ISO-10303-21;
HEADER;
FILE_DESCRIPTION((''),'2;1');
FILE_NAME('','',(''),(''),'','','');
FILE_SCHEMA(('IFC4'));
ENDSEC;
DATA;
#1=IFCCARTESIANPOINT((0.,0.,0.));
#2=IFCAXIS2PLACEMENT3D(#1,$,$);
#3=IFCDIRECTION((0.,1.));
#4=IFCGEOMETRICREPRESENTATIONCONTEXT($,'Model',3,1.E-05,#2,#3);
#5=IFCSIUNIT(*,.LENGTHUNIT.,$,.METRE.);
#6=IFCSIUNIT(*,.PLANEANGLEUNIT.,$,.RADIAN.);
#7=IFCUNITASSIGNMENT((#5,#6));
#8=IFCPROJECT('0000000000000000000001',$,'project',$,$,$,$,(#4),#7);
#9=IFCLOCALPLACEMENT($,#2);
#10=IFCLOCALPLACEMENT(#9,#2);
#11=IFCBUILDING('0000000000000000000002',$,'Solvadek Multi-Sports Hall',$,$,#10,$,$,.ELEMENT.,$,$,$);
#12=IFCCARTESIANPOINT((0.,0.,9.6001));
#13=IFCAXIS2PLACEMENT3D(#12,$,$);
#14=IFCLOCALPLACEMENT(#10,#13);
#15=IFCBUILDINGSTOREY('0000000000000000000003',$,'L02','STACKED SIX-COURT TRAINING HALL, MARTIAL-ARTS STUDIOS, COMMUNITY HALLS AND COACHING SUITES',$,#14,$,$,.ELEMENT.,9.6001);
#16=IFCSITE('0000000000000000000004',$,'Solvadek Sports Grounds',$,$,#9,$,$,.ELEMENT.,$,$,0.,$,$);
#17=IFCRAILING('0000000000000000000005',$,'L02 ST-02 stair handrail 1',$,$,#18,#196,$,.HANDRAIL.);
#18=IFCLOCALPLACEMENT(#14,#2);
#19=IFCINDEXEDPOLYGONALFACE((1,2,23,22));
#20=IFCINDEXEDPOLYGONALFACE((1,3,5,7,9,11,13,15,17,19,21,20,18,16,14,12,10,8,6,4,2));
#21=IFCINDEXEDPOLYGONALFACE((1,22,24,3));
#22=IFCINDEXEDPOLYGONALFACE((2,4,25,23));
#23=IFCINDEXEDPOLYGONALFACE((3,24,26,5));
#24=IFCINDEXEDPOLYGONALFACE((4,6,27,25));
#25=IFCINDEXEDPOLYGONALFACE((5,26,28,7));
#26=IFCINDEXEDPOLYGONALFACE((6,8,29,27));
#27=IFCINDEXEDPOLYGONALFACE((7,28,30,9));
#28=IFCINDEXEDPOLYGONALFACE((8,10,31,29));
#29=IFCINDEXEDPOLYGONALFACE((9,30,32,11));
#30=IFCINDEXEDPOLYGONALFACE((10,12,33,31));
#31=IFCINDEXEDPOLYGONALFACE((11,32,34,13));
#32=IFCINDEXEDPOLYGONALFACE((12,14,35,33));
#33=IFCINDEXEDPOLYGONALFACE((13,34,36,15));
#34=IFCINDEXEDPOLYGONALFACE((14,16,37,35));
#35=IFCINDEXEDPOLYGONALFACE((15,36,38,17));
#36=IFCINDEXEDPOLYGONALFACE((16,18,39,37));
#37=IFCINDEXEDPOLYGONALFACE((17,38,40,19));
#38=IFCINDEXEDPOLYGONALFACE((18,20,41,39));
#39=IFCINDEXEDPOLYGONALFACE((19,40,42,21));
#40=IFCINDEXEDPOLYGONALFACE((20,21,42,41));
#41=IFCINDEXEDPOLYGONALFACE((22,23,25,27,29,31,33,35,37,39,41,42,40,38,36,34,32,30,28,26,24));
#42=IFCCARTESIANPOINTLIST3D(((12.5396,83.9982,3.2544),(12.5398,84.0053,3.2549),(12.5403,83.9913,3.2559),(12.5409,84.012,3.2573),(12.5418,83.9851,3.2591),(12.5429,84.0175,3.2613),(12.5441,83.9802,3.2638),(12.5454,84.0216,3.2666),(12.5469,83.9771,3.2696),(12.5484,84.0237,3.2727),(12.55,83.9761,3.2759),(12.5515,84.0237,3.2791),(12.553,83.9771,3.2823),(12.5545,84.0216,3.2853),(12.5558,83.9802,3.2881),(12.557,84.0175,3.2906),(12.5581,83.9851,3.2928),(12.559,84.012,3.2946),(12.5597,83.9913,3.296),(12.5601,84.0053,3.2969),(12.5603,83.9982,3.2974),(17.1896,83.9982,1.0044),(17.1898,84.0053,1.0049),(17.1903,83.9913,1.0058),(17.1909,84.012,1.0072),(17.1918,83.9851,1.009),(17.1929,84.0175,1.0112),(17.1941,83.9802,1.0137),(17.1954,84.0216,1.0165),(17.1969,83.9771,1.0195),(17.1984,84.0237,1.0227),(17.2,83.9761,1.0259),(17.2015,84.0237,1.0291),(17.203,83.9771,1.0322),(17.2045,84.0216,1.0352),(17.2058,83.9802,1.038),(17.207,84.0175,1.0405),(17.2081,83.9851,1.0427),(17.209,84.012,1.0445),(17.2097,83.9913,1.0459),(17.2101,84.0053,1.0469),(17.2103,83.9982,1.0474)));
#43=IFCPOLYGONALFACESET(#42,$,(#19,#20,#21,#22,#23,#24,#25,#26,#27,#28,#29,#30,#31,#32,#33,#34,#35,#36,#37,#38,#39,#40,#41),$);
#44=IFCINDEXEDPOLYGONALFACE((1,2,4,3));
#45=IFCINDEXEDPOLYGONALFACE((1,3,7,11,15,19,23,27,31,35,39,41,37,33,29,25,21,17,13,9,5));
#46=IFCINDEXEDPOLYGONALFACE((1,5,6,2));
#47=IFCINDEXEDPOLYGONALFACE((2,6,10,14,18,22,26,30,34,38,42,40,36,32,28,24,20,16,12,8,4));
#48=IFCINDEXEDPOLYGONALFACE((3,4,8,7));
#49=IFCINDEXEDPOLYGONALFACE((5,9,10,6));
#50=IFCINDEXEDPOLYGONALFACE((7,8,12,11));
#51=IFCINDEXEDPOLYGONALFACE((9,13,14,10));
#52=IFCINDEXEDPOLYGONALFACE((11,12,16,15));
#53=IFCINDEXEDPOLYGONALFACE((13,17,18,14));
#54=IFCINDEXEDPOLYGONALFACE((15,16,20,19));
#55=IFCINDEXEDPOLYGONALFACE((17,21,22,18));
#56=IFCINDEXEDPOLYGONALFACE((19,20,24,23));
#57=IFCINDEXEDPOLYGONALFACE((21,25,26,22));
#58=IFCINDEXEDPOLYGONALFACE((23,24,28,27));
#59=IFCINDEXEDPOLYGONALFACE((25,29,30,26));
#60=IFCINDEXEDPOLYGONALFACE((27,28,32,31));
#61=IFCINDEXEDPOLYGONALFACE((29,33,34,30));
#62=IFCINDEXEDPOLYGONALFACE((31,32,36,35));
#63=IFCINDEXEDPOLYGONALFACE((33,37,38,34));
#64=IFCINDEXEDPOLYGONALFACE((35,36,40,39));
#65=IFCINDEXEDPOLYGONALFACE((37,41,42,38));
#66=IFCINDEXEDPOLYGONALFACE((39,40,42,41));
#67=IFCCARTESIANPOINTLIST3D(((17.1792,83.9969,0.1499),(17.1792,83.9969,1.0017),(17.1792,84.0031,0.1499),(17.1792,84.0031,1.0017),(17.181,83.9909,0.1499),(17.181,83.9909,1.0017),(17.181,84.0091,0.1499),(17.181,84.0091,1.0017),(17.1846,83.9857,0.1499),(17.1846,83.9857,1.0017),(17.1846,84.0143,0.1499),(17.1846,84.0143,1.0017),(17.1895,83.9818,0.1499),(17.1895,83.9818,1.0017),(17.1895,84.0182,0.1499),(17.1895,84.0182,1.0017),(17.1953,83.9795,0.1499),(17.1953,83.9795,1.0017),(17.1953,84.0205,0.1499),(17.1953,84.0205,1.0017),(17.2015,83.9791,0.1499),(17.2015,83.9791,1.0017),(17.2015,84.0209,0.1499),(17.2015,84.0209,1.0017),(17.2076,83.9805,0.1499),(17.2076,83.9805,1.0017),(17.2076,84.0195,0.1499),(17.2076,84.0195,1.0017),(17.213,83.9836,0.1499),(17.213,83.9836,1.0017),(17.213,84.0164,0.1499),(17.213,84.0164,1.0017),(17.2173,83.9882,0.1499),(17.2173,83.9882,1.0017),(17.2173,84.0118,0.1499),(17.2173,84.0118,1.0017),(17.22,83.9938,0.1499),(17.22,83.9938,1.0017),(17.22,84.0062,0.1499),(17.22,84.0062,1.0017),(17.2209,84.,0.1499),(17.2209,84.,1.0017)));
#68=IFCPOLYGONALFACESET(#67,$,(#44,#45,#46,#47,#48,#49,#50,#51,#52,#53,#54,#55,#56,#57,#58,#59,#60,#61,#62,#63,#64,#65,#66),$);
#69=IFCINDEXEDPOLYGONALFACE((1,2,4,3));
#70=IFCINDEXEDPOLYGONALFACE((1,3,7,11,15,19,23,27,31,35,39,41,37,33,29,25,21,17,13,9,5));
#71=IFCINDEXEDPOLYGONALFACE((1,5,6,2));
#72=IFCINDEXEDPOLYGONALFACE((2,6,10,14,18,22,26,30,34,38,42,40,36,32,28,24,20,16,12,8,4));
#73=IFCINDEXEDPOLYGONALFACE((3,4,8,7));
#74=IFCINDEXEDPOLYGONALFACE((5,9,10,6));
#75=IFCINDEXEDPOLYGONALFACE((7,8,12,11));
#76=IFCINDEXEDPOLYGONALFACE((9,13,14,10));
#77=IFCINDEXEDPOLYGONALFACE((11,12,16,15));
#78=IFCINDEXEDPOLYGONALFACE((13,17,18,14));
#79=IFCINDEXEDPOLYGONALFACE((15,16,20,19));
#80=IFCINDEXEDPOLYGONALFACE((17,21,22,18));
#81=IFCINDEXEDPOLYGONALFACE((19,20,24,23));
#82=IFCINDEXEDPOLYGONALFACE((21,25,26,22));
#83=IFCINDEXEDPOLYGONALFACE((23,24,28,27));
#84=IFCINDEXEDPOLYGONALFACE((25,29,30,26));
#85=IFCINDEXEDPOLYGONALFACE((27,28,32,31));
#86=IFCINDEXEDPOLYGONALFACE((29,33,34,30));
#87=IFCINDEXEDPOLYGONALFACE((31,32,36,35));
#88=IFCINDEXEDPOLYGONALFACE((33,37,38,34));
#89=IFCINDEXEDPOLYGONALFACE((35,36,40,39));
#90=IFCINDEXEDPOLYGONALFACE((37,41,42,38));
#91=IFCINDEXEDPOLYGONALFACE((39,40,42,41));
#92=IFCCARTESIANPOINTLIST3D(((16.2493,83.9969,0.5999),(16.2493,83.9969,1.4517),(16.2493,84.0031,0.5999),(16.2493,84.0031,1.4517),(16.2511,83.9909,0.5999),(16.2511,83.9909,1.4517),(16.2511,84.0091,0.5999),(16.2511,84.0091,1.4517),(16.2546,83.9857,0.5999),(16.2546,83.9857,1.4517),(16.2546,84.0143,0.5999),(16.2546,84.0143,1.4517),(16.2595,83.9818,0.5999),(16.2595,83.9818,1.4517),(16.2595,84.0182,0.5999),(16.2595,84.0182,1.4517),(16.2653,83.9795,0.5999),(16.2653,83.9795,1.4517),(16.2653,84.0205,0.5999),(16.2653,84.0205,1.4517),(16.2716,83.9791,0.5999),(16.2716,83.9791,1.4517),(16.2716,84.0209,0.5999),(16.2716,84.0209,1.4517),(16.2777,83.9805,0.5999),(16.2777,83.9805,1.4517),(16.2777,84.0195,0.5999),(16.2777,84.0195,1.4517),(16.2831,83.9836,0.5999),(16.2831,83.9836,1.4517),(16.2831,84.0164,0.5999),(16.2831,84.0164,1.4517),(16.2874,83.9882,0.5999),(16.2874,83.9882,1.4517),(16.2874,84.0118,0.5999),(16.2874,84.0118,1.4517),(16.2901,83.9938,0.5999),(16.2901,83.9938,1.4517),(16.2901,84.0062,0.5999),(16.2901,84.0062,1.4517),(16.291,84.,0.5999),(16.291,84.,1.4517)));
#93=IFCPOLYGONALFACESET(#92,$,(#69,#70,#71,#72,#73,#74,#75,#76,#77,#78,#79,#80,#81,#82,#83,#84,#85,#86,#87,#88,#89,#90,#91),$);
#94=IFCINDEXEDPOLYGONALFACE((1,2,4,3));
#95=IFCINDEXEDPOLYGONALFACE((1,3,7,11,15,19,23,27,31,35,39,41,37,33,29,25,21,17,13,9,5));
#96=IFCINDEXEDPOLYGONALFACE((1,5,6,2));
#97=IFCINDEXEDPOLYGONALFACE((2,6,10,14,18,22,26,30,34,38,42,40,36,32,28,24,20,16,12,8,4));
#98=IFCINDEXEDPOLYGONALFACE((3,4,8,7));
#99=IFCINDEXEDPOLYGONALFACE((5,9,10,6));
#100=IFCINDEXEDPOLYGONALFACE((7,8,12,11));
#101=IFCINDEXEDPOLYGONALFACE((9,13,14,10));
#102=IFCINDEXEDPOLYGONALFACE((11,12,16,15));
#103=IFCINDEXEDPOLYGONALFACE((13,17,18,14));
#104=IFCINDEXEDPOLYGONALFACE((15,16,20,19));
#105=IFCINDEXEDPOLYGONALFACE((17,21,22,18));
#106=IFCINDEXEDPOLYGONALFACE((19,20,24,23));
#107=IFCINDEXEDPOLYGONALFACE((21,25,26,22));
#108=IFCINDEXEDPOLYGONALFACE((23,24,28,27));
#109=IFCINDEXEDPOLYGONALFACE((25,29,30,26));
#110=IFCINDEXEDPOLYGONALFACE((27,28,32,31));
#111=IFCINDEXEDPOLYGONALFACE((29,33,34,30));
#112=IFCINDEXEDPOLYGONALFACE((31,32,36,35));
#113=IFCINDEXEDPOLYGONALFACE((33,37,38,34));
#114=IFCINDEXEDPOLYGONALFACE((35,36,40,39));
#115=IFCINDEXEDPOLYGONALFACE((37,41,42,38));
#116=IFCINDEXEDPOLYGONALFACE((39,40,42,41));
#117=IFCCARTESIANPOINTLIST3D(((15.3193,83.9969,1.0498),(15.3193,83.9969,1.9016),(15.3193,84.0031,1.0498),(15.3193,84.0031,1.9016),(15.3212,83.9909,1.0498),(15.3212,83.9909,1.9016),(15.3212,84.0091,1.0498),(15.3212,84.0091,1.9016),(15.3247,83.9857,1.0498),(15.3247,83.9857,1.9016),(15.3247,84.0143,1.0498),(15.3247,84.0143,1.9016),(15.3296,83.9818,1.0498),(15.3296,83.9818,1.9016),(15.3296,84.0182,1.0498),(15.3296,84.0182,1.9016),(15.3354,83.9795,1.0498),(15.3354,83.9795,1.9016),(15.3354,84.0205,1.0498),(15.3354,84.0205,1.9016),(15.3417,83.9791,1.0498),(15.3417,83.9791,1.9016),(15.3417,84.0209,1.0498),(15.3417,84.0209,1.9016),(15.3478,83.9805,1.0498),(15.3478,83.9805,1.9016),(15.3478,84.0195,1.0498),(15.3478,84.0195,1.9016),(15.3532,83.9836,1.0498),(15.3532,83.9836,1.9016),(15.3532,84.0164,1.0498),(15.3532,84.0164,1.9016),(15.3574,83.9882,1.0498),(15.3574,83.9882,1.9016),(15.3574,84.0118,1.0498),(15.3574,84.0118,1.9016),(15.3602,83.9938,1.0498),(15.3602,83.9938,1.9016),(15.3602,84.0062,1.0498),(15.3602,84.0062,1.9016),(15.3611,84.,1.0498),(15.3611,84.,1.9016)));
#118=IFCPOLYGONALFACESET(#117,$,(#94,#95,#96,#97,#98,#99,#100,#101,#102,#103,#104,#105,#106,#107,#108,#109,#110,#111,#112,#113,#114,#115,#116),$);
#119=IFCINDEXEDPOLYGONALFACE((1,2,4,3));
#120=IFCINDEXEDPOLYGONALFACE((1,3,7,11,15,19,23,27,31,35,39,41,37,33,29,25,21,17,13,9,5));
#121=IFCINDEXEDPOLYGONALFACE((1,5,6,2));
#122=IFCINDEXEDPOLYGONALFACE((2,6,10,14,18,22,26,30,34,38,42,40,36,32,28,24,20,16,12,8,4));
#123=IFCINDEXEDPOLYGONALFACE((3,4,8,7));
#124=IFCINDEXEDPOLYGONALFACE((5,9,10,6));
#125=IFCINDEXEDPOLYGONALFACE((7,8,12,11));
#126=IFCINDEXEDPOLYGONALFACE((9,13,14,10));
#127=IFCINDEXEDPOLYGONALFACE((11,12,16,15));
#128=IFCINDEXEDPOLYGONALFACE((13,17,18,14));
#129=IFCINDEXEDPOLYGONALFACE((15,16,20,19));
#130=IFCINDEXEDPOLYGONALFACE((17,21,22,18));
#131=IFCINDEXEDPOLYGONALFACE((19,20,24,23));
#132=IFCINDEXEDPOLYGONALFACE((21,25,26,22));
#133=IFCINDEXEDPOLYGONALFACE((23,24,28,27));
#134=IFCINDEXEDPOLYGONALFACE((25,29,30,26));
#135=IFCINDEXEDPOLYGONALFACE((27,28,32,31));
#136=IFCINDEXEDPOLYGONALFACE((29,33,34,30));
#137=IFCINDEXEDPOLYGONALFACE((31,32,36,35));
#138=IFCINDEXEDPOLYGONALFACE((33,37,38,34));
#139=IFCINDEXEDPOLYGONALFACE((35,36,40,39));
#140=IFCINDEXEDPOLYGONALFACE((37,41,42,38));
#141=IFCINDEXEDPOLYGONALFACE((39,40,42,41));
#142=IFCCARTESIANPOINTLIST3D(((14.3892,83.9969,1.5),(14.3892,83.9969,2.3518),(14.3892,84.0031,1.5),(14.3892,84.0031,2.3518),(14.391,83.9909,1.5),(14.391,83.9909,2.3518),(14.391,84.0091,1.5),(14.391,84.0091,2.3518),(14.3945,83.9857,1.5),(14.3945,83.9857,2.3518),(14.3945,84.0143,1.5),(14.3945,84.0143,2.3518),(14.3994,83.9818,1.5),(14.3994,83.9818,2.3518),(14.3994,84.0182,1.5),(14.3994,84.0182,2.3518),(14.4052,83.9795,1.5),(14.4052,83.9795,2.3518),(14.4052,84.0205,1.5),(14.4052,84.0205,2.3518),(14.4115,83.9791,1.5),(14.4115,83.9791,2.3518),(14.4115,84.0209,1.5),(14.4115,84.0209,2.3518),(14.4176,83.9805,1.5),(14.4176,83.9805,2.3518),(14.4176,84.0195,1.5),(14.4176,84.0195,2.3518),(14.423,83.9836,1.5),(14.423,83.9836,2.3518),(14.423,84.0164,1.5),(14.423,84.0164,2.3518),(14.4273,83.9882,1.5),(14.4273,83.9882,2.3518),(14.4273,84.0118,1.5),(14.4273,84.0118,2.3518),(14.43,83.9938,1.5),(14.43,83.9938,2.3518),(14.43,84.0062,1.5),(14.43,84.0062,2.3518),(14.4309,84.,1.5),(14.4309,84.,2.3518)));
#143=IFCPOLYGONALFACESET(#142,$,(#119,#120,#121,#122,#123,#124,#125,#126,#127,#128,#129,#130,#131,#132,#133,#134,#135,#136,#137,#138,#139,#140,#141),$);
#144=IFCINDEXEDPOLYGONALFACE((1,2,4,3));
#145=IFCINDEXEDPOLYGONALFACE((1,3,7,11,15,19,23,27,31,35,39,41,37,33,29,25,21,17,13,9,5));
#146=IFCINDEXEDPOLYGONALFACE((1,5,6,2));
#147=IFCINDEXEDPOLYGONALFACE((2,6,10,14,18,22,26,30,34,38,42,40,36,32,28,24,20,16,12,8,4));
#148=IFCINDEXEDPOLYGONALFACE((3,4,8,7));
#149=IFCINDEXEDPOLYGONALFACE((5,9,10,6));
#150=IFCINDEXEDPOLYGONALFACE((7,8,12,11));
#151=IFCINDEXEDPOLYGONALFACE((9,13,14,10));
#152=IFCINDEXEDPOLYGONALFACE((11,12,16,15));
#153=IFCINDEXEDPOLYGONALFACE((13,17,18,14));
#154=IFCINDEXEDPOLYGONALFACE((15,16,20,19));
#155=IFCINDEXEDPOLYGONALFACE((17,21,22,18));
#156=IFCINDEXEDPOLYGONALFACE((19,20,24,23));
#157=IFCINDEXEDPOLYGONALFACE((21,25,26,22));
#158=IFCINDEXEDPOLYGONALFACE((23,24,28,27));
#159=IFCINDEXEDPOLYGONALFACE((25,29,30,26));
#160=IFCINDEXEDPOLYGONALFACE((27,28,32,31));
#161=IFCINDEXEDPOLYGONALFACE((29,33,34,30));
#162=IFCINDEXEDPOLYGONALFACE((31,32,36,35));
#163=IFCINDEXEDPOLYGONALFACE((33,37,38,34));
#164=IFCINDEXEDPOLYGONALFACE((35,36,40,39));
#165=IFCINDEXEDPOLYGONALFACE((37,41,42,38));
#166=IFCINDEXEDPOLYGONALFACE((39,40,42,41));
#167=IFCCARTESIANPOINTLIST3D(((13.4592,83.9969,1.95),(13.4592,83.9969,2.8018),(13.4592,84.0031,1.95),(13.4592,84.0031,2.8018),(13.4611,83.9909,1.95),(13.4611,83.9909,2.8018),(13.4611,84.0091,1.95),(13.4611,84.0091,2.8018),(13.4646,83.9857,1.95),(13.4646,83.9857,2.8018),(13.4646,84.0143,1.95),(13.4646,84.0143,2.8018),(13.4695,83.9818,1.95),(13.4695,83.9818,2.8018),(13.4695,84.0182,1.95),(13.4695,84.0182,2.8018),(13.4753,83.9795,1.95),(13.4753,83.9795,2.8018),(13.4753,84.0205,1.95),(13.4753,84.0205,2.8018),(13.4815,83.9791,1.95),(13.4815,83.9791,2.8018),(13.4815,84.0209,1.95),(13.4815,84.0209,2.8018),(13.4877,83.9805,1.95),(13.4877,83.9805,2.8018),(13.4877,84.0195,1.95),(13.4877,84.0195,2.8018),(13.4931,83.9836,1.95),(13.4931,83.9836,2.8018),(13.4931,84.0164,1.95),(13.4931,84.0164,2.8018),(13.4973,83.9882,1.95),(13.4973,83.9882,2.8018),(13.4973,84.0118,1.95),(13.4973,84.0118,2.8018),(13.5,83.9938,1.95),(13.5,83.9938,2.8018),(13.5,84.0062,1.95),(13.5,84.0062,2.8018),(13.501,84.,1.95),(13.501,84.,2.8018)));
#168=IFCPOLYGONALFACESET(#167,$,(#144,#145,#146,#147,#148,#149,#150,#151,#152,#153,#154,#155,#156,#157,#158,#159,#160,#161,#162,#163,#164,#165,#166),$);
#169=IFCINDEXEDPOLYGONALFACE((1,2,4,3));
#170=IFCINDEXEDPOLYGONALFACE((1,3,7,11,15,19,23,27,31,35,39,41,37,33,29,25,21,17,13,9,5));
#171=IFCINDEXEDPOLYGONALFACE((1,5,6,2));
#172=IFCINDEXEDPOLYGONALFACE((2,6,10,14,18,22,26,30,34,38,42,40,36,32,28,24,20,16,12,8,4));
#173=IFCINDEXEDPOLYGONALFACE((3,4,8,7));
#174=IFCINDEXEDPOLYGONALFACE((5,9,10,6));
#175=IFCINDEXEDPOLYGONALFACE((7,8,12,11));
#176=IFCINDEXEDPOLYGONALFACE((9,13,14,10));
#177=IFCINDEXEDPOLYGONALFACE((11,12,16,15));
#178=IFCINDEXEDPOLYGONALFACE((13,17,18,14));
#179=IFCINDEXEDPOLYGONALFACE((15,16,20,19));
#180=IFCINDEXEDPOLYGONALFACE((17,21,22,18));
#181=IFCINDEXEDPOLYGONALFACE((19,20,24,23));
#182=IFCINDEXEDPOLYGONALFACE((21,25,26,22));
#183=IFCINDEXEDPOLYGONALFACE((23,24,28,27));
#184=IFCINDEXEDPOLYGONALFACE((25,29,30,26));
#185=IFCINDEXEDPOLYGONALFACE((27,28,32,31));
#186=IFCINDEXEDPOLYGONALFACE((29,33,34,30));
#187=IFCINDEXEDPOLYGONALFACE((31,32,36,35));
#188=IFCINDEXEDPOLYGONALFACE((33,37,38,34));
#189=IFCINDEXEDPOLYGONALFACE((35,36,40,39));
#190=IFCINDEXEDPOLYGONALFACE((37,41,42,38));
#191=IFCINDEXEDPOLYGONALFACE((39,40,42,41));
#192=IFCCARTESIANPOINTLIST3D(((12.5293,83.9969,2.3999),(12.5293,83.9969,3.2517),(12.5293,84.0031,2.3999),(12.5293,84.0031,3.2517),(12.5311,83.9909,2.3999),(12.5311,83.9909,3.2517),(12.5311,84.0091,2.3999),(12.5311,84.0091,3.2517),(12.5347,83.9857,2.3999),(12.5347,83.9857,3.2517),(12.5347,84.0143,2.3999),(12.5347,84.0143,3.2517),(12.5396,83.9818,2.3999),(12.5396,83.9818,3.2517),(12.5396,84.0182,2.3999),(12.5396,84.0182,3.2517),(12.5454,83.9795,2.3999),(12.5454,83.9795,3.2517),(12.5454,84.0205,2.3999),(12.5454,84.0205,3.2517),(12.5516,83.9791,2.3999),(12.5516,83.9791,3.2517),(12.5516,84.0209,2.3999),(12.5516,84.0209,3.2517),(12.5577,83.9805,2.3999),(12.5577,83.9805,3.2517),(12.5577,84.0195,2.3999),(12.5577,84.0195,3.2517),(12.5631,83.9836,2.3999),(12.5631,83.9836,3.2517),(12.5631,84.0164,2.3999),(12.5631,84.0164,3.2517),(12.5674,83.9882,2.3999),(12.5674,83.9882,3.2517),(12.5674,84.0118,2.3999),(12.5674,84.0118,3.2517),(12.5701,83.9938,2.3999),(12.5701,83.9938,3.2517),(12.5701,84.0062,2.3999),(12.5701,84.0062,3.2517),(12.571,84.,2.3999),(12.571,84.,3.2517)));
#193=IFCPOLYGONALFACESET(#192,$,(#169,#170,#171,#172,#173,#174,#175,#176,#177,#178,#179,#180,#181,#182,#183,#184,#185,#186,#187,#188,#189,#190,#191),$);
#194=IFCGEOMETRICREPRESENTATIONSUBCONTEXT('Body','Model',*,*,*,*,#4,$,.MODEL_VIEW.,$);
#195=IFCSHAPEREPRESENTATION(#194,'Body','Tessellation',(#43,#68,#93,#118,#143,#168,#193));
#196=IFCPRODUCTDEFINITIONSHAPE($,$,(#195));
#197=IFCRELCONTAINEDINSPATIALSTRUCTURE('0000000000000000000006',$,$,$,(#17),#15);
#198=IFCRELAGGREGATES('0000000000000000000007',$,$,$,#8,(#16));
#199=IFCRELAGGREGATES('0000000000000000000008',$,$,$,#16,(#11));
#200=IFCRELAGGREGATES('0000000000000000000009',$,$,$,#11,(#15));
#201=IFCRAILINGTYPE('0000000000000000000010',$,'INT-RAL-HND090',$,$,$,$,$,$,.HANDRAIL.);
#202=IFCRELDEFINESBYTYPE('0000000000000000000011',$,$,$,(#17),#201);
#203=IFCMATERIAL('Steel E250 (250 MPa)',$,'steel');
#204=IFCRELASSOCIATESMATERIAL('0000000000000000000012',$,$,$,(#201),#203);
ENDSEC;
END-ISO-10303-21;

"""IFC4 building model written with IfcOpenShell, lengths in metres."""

from ifc_helpers import new_model, si_unit, direction, frame, origin, origin_2d, place, context, subcontext, project, spatial, circle, extrude, material, type_object, element, save


model = new_model("IFC4")

# Units and contexts
model_context = context("Model", 3, precision=1e-05, world=origin(), true_north=direction((0.0, 1.0)))
body_context = subcontext(model_context, "Body", "Model", "MODEL_VIEW")
ifc_project = project(units=[si_unit("LENGTHUNIT", "METRE"), si_unit("PLANEANGLEUNIT", "RADIAN")], contexts=[model_context])

# Site, building, storey
site_placement = place(None, origin())
site = spatial("IfcSite", under=ifc_project, at=site_placement, Name="Solvadek Sports Grounds", CompositionType="ELEMENT", RefElevation=0.0)
building_placement = place(site_placement, origin())
building = spatial("IfcBuilding", under=site, at=building_placement, Name="Solvadek Multi-Sports Hall", CompositionType="ELEMENT")
storey_placement = place(building_placement, frame((0.0, 0.0, 9.6001)))
storey = spatial("IfcBuildingStorey", under=building, at=storey_placement, Name="L02", Description="STACKED SIX-COURT TRAINING HALL, MARTIAL-ARTS STUDIOS, COMMUNITY HALLS AND COACHING SUITES", CompositionType="ELEMENT", Elevation=9.6001)

# Shared definitions
ifc_material_1 = material(Name="Steel E250 (250 MPa)", Category="steel")

# Railing
railing_type_1 = type_object("IfcRailingType", Name="INT-RAL-HND090", PredefinedType="HANDRAIL", material=ifc_material_1)
railing_1_placement = place(storey_placement, frame((17.2, 84.0, 0.1499)))
element("IfcRailing", 1, at=railing_1_placement, inside=storey, type_object=railing_type_1, Name="L02 ST-02 stair handrail 1", PredefinedType="HANDRAIL", context=body_context, shape_type="SweptSolid", body=[
    extrude(circle(Radius=0.0239, at=origin_2d()), frame((0.0, 0.0, 0.876), z_axis=(-0.900156, 0.0, 0.435568), x_axis=(0.0, -1.0, 0.0)), (0.0, 0.0, 1.0), 5.1658),
    extrude(circle(Radius=0.021, at=origin_2d()), origin(), (0.0, 0.0, 1.0), 0.8518),
    extrude(circle(Radius=0.021, at=origin_2d()), frame((-0.9299, 0.0, 0.45)), (0.0, 0.0, 1.0), 0.8518),
    extrude(circle(Radius=0.021, at=origin_2d()), frame((-1.8599, 0.0, 0.8999)), (0.0, 0.0, 1.0), 0.8518),
    extrude(circle(Radius=0.021, at=origin_2d()), frame((-2.79, 0.0, 1.3501)), (0.0, 0.0, 1.0), 0.8518),
    extrude(circle(Radius=0.021, at=origin_2d()), frame((-3.72, 0.0, 1.8)), (0.0, 0.0, 1.0), 0.8518),
    extrude(circle(Radius=0.021, at=origin_2d()), frame((-4.6499, 0.0, 2.25)), (0.0, 0.0, 1.0), 0.8518),
])

save(model, "model.ifc")
